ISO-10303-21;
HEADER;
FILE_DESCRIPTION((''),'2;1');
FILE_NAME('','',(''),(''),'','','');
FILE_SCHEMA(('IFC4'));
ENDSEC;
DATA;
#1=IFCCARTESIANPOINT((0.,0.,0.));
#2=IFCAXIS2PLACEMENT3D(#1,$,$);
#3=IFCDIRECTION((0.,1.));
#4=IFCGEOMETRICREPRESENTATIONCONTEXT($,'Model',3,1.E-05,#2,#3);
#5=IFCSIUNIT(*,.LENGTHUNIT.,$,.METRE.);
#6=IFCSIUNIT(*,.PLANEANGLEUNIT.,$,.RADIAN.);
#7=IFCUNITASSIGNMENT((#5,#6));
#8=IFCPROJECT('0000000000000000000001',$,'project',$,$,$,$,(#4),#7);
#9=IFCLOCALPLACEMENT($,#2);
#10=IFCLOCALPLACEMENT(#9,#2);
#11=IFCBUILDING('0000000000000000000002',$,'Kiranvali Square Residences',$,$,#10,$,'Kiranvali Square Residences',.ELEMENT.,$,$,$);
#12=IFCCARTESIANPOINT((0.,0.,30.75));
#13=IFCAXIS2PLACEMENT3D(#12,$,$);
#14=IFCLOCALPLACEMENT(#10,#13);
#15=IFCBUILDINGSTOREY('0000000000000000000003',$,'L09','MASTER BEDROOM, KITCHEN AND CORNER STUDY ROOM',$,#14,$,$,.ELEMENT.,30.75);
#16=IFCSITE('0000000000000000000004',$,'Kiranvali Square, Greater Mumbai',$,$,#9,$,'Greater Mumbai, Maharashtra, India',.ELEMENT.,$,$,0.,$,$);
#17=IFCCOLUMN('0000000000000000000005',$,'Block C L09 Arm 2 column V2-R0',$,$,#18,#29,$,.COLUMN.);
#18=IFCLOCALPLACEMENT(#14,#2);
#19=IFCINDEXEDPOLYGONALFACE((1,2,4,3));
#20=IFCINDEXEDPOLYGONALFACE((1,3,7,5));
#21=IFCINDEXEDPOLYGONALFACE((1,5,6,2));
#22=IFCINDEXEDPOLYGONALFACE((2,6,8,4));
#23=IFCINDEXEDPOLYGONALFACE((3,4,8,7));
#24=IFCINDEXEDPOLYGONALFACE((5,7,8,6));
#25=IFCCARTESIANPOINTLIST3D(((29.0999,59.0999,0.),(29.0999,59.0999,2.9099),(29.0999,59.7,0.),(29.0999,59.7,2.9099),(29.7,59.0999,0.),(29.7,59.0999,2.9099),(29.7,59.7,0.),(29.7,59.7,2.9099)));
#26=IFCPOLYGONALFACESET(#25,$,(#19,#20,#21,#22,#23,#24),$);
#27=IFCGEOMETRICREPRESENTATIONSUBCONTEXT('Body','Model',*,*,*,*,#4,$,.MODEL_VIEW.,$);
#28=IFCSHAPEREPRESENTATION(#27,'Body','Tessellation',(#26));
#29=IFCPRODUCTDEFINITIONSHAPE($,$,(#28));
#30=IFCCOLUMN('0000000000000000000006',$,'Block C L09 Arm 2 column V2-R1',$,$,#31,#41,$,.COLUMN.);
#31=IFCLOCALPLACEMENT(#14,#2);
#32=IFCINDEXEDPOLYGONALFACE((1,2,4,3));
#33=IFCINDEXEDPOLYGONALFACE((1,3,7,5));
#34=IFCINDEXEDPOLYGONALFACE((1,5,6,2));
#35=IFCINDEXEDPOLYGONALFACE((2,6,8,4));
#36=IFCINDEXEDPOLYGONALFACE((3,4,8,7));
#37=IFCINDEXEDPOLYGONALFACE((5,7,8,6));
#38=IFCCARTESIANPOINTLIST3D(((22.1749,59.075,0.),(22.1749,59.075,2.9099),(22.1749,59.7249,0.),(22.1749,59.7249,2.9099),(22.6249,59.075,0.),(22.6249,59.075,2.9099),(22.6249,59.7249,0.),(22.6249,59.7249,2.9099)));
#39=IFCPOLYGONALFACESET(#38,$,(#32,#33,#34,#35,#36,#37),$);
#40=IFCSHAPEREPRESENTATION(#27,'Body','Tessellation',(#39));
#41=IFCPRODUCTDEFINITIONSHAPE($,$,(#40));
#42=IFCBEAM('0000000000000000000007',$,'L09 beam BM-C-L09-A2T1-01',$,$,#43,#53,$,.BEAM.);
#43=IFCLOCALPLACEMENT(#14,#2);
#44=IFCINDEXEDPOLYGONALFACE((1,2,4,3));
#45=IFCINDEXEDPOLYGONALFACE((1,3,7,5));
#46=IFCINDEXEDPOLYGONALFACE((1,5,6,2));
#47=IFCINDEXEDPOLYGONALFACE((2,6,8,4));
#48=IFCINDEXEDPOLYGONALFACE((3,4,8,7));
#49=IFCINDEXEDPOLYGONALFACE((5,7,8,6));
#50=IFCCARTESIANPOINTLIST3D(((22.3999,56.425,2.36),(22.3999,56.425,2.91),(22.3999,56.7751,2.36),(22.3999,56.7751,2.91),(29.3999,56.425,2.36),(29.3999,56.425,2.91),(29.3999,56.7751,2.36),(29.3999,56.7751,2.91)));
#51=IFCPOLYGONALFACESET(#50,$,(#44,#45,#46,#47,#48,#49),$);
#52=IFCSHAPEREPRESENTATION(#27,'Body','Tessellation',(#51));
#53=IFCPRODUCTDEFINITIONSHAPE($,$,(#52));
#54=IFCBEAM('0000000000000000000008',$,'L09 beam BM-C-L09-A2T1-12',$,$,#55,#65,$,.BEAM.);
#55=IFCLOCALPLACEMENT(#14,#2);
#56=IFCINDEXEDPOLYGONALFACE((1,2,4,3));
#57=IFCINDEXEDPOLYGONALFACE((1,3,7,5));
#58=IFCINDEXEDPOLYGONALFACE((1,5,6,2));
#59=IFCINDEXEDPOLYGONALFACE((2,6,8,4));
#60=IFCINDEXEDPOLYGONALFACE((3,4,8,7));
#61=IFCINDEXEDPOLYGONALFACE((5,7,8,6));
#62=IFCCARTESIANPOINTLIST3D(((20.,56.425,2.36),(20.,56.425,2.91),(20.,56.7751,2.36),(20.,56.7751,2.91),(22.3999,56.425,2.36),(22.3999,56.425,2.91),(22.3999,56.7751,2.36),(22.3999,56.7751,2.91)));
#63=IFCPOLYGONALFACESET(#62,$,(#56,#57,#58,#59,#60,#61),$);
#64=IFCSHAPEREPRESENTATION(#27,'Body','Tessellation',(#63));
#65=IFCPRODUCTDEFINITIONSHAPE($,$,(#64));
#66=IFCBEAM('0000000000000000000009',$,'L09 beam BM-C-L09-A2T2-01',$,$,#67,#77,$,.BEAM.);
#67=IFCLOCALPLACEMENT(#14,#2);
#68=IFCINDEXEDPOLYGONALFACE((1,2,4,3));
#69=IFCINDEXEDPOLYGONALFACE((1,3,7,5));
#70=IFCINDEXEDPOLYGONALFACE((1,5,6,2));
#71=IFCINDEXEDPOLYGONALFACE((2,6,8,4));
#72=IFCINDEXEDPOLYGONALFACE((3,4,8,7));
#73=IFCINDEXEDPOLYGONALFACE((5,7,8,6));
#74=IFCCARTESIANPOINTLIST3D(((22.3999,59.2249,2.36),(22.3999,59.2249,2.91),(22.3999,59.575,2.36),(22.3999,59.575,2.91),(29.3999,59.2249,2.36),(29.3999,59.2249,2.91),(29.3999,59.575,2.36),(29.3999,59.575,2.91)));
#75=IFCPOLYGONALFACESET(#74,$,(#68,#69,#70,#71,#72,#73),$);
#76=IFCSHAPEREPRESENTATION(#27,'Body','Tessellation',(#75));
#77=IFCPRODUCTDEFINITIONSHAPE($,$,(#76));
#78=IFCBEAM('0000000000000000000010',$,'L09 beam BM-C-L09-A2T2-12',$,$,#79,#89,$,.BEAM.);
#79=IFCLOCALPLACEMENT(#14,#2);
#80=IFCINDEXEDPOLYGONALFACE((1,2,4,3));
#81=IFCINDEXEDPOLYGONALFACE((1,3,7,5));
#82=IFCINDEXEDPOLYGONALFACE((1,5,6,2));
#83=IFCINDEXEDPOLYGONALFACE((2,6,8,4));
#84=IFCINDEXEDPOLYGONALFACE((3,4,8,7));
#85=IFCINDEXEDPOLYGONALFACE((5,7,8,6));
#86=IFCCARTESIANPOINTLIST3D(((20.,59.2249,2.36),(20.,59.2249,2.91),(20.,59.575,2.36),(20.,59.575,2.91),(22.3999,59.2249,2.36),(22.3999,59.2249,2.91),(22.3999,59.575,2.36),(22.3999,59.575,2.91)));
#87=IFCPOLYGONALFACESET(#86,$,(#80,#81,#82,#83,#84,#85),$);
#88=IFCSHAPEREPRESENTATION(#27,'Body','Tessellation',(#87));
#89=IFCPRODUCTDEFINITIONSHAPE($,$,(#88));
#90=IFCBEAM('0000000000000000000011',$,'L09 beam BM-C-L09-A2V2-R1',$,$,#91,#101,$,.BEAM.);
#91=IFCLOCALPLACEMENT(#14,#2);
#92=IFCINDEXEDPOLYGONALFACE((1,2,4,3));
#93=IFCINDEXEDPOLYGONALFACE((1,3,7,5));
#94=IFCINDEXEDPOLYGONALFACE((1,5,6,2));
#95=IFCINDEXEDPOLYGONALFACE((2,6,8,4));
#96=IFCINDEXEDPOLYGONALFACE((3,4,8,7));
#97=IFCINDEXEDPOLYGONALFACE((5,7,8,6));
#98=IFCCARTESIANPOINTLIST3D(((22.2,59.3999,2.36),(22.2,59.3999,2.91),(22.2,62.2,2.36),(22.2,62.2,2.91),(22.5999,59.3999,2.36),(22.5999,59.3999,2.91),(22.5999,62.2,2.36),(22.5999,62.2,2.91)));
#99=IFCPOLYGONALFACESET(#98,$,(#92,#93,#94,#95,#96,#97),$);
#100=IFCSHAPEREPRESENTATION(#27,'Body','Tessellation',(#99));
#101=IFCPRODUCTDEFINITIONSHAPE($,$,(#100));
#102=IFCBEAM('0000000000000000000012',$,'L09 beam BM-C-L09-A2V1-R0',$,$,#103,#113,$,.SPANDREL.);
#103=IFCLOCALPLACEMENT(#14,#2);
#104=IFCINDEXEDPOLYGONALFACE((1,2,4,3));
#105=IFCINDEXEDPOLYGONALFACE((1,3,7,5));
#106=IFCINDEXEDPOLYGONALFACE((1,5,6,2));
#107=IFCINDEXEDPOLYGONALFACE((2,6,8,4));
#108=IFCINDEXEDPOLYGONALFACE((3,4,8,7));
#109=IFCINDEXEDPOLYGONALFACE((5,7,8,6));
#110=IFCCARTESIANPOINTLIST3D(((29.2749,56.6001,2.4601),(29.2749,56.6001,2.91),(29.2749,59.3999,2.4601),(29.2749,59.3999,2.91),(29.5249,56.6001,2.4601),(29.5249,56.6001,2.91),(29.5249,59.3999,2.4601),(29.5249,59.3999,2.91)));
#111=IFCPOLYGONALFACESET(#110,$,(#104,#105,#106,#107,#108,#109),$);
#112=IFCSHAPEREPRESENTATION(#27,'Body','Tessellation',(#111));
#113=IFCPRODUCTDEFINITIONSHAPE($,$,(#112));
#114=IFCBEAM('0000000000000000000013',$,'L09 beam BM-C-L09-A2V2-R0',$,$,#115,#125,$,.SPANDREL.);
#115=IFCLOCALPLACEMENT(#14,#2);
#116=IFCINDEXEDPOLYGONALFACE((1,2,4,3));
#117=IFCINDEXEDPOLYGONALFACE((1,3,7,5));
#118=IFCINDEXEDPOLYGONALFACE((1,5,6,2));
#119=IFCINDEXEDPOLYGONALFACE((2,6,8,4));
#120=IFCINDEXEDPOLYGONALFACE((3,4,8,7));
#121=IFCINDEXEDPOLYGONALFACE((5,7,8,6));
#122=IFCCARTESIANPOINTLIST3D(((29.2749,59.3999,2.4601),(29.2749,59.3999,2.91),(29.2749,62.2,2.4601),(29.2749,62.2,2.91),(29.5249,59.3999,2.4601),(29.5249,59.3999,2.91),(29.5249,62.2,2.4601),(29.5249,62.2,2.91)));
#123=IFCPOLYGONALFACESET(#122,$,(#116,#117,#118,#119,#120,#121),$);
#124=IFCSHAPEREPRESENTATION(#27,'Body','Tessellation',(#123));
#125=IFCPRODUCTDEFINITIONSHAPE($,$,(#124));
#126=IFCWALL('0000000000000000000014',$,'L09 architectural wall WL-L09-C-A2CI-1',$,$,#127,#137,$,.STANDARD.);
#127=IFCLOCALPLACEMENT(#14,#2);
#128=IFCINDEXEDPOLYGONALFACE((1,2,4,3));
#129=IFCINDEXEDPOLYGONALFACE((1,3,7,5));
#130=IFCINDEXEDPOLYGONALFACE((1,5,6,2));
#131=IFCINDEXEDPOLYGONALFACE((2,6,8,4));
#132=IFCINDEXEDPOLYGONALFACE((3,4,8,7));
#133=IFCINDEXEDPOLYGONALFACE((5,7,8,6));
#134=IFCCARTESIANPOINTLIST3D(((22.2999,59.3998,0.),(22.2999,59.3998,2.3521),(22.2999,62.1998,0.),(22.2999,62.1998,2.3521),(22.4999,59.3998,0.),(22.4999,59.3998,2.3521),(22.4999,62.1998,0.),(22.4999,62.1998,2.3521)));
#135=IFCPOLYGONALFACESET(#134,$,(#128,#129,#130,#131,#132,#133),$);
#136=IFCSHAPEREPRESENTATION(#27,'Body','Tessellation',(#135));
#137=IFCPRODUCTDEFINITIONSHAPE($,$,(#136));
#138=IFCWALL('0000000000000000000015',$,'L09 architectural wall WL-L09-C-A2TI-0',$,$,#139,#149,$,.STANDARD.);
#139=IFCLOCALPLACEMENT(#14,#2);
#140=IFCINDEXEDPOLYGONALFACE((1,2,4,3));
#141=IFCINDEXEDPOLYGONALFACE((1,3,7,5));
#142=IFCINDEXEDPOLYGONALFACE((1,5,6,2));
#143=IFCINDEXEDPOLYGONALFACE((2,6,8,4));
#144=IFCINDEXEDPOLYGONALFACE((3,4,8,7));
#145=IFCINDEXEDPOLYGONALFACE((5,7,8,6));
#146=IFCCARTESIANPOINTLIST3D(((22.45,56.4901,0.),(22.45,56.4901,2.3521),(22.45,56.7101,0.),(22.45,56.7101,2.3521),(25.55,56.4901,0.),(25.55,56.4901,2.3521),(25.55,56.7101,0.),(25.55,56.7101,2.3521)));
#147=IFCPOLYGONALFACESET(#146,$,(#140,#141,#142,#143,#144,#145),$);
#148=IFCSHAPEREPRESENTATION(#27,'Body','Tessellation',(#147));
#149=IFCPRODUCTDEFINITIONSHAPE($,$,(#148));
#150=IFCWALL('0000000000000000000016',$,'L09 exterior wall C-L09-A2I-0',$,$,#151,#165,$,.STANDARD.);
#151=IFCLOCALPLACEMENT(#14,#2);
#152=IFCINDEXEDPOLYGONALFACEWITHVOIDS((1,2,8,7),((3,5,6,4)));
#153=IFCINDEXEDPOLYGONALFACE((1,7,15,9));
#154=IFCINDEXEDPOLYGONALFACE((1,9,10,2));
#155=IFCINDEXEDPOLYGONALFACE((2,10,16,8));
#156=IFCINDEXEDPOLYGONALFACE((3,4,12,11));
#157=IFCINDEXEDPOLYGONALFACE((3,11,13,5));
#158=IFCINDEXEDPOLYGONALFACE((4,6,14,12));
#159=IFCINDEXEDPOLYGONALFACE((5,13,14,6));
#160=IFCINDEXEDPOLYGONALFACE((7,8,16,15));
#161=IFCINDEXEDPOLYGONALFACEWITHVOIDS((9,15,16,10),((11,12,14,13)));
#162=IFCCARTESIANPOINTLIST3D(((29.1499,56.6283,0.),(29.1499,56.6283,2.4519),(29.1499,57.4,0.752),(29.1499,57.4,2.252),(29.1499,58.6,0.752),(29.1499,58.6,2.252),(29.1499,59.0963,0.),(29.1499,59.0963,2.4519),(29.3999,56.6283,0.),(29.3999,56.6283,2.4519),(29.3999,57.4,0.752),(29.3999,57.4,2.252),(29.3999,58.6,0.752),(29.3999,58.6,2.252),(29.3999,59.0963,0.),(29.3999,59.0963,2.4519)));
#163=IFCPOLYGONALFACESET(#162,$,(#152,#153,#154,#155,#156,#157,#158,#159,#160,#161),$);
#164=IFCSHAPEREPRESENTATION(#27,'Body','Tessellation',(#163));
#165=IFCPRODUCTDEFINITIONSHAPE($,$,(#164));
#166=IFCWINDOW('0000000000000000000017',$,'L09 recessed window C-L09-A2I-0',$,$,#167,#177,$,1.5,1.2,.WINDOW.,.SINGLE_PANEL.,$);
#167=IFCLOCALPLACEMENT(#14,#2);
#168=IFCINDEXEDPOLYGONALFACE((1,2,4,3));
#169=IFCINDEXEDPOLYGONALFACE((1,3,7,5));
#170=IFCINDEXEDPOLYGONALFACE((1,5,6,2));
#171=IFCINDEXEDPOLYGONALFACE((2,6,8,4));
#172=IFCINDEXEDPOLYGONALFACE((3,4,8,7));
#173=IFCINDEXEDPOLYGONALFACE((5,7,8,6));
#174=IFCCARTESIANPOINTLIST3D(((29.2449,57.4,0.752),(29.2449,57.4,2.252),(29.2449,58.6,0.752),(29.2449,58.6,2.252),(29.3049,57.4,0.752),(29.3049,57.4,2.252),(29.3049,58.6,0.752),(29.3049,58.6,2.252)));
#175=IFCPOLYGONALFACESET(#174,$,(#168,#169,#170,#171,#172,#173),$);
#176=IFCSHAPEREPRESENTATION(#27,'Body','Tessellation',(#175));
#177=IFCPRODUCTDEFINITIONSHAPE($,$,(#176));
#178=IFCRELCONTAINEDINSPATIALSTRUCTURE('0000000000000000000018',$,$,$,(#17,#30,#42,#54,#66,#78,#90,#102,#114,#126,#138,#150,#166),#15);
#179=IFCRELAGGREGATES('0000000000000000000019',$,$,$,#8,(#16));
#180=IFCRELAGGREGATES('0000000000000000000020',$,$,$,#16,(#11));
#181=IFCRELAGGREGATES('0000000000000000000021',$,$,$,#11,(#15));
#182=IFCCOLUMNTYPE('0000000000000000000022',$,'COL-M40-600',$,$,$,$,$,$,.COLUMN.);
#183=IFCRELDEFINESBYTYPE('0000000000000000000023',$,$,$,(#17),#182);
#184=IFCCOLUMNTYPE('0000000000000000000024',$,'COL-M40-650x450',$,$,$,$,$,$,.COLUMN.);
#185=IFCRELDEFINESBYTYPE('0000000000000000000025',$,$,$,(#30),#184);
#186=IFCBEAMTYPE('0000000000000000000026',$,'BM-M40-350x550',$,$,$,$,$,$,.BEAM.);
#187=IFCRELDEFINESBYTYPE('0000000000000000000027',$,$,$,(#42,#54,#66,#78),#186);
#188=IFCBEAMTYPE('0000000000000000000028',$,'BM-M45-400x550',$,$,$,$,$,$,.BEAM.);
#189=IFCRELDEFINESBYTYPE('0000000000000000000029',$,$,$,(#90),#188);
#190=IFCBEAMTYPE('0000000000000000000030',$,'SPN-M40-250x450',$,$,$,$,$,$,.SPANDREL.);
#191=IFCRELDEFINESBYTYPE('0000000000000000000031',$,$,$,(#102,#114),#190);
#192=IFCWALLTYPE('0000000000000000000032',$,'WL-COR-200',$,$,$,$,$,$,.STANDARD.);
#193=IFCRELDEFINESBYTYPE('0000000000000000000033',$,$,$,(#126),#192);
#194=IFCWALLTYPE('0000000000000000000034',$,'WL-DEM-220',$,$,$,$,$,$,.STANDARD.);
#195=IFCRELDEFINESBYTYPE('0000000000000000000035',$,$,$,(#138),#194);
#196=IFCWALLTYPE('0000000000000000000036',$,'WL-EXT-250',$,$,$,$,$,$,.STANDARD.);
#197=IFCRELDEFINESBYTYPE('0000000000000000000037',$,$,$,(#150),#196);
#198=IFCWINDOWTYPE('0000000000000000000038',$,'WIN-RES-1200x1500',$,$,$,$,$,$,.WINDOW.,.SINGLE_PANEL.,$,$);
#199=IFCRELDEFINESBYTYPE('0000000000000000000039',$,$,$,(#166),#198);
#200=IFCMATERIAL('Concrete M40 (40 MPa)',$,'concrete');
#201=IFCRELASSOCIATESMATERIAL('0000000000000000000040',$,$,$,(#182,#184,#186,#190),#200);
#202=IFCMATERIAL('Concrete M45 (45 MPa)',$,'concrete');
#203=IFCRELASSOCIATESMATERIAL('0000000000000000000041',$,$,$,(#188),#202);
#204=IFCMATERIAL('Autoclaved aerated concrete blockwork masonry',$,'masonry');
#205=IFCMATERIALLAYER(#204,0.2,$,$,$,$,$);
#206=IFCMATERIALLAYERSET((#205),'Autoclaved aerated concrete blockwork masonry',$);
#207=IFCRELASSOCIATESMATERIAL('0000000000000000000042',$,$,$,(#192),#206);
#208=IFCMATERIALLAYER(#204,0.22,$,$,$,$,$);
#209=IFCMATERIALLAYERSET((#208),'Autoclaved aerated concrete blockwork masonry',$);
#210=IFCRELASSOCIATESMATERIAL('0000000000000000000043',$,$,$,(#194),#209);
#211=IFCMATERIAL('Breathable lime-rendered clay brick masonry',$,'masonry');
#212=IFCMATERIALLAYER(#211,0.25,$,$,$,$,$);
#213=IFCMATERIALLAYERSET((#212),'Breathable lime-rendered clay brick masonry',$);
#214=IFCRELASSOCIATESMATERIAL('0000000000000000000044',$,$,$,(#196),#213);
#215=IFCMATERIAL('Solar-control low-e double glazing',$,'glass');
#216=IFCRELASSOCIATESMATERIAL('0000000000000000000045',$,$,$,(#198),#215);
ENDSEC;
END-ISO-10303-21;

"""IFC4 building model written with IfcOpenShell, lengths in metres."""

from ifc_helpers import new_model, si_unit, direction, frame, frame_2d, origin, origin_2d, place, context, subcontext, project, spatial, rectangle, extrude, material, layer, layer_set, material_profile, profile_set, type_object, element, fill, save


model = new_model("IFC4")

# Units and contexts
model_context = context("Model", 3, precision=1e-05, world=origin(), true_north=direction((0.0, 1.0)))
body_context = subcontext(model_context, "Body", "Model", "MODEL_VIEW")
ifc_project = project(units=[si_unit("LENGTHUNIT", "METRE"), si_unit("PLANEANGLEUNIT", "RADIAN")], contexts=[model_context])

# Site, building, storey
site_placement = place(None, origin())
site = spatial("IfcSite", under=ifc_project, at=site_placement, Name="Kiranvali Square, Greater Mumbai", LongName="Greater Mumbai, Maharashtra, India", CompositionType="ELEMENT", RefElevation=0.0)
building_placement = place(site_placement, origin())
building = spatial("IfcBuilding", under=site, at=building_placement, Name="Kiranvali Square Residences", LongName="Kiranvali Square Residences", CompositionType="ELEMENT")
storey_placement = place(building_placement, frame((0.0, 0.0, 30.75)))
storey = spatial("IfcBuildingStorey", under=building, at=storey_placement, Name="L09", Description="MASTER BEDROOM, KITCHEN AND CORNER STUDY ROOM", CompositionType="ELEMENT", Elevation=30.75)

# Columns
ifc_material_1 = material(Name="Concrete M40 (40 MPa)", Category="concrete")
ifc_material_profile_1 = material_profile(ifc_material_1, rectangle(XDim=0.6001, YDim=0.6001, at=origin_2d()), Name="RC 600x600")
ifc_profile_set_1 = profile_set([ifc_material_profile_1], Name="Concrete M40 (40 MPa)")
column_type_1 = type_object("IfcColumnType", Name="COL-M40-600", PredefinedType="COLUMN", material=ifc_profile_set_1)
column_1_placement = place(storey_placement, frame((29.3999, 59.3999, 0.0), z_axis=(0.0, 0.0, 1.0), x_axis=(1.0, 0.0, 0.0)))
element("IfcColumn", 1, at=column_1_placement, inside=storey, type_object=column_type_1, Name="Block C L09 Arm 2 column V2-R0", PredefinedType="COLUMN", context=body_context, shape_type="SweptSolid", body=[
    extrude(rectangle(XDim=0.6001, YDim=0.6001, at=origin_2d()), origin(), (0.0, 0.0, 1.0), 2.9099),
])
ifc_material_profile_2 = material_profile(ifc_material_1, rectangle(XDim=0.45, YDim=0.6499, at=origin_2d()), Name="RC 650x450")
ifc_profile_set_2 = profile_set([ifc_material_profile_2], Name="Concrete M40 (40 MPa)")
column_type_2 = type_object("IfcColumnType", Name="COL-M40-650x450", PredefinedType="COLUMN", material=ifc_profile_set_2)
column_2_placement = place(storey_placement, frame((22.3999, 59.3999, 0.0), z_axis=(0.0, 0.0, 1.0), x_axis=(1.0, 0.0, 0.0)))
element("IfcColumn", 2, at=column_2_placement, inside=storey, type_object=column_type_2, Name="Block C L09 Arm 2 column V2-R1", PredefinedType="COLUMN", context=body_context, shape_type="SweptSolid", body=[
    extrude(rectangle(XDim=0.45, YDim=0.6499, at=origin_2d()), origin(), (0.0, 0.0, 1.0), 2.9099),
])

# Beams
ifc_material_profile_3 = material_profile(ifc_material_1, rectangle(XDim=0.3501, YDim=0.55, at=origin_2d()), Name="RC 350x550")
ifc_profile_set_3 = profile_set([ifc_material_profile_3], Name="Concrete M40 (40 MPa)")
beam_type_1 = type_object("IfcBeamType", Name="BM-M40-350x550", PredefinedType="BEAM", material=ifc_profile_set_3)
beam_1_placement = place(storey_placement, frame((29.3999, 56.6001, 2.635), z_axis=(-1.0, 0.0, 0.0), x_axis=(0.0, -1.0, 0.0)))
element("IfcBeam", 3, at=beam_1_placement, inside=storey, type_object=beam_type_1, Name="L09 beam BM-C-L09-A2T1-01", PredefinedType="BEAM", context=body_context, shape_type="SweptSolid", body=[
    extrude(rectangle(XDim=0.3501, YDim=0.55, at=origin_2d()), origin(), (0.0, 0.0, 1.0), 7.0),
])
beam_2_placement = place(storey_placement, frame((22.3999, 56.6001, 2.635), z_axis=(-1.0, 0.0, 0.0), x_axis=(0.0, -1.0, 0.0)))
element("IfcBeam", 4, at=beam_2_placement, inside=storey, type_object=beam_type_1, Name="L09 beam BM-C-L09-A2T1-12", PredefinedType="BEAM", context=body_context, shape_type="SweptSolid", body=[
    extrude(rectangle(XDim=0.3501, YDim=0.55, at=origin_2d()), origin(), (0.0, 0.0, 1.0), 2.3999),
])
beam_3_placement = place(storey_placement, frame((29.3999, 59.3999, 2.635), z_axis=(-1.0, 0.0, 0.0), x_axis=(0.0, -1.0, 0.0)))
element("IfcBeam", 5, at=beam_3_placement, inside=storey, type_object=beam_type_1, Name="L09 beam BM-C-L09-A2T2-01", PredefinedType="BEAM", context=body_context, shape_type="SweptSolid", body=[
    extrude(rectangle(XDim=0.3501, YDim=0.55, at=origin_2d()), origin(), (0.0, 0.0, 1.0), 7.0),
])
beam_4_placement = place(storey_placement, frame((22.3999, 59.3999, 2.635), z_axis=(-1.0, 0.0, 0.0), x_axis=(0.0, -1.0, 0.0)))
element("IfcBeam", 6, at=beam_4_placement, inside=storey, type_object=beam_type_1, Name="L09 beam BM-C-L09-A2T2-12", PredefinedType="BEAM", context=body_context, shape_type="SweptSolid", body=[
    extrude(rectangle(XDim=0.3501, YDim=0.55, at=origin_2d()), origin(), (0.0, 0.0, 1.0), 2.3999),
])
ifc_material_2 = material(Name="Concrete M45 (45 MPa)", Category="concrete")
ifc_material_profile_4 = material_profile(ifc_material_2, rectangle(XDim=0.3999, YDim=0.55, at=origin_2d()), Name="RC 400x550")
ifc_profile_set_4 = profile_set([ifc_material_profile_4], Name="Concrete M45 (45 MPa)")
beam_type_2 = type_object("IfcBeamType", Name="BM-M45-400x550", PredefinedType="BEAM", material=ifc_profile_set_4)
beam_5_placement = place(storey_placement, frame((22.3999, 59.3999, 2.635), z_axis=(0.0, 1.0, 0.0), x_axis=(-1.0, 0.0, 0.0)))
element("IfcBeam", 7, at=beam_5_placement, inside=storey, type_object=beam_type_2, Name="L09 beam BM-C-L09-A2V2-R1", PredefinedType="BEAM", context=body_context, shape_type="SweptSolid", body=[
    extrude(rectangle(XDim=0.3999, YDim=0.55, at=origin_2d()), origin(), (0.0, 0.0, 1.0), 2.8),
])
ifc_material_profile_5 = material_profile(ifc_material_1, rectangle(XDim=0.25, YDim=0.45, at=origin_2d()), Name="RC 250x450")
ifc_profile_set_5 = profile_set([ifc_material_profile_5], Name="Concrete M40 (40 MPa)")
beam_type_3 = type_object("IfcBeamType", Name="SPN-M40-250x450", PredefinedType="SPANDREL", material=ifc_profile_set_5)
beam_6_placement = place(storey_placement, frame((29.3999, 56.6001, 2.6851), z_axis=(0.0, 1.0, 0.0), x_axis=(-1.0, 0.0, 0.0)))
element("IfcBeam", 8, at=beam_6_placement, inside=storey, type_object=beam_type_3, Name="L09 beam BM-C-L09-A2V1-R0", PredefinedType="SPANDREL", context=body_context, shape_type="SweptSolid", body=[
    extrude(rectangle(XDim=0.25, YDim=0.45, at=origin_2d()), origin(), (0.0, 0.0, 1.0), 2.7998),
])
beam_7_placement = place(storey_placement, frame((29.3999, 59.3999, 2.6851), z_axis=(0.0, 1.0, 0.0), x_axis=(-1.0, 0.0, 0.0)))
element("IfcBeam", 9, at=beam_7_placement, inside=storey, type_object=beam_type_3, Name="L09 beam BM-C-L09-A2V2-R0", PredefinedType="SPANDREL", context=body_context, shape_type="SweptSolid", body=[
    extrude(rectangle(XDim=0.25, YDim=0.45, at=origin_2d()), origin(), (0.0, 0.0, 1.0), 2.8),
])

# Shared definitions
ifc_material_3 = material(Name="Autoclaved aerated concrete blockwork masonry", Category="masonry")
ifc_layer_1 = layer(ifc_material_3, 0.2)
ifc_layer_set_1 = layer_set([ifc_layer_1], Name="Autoclaved aerated concrete blockwork masonry")
wall_type_1 = type_object("IfcWallType", Name="WL-COR-200", PredefinedType="STANDARD", material=ifc_layer_set_1)

# Walls
wall_1_placement = place(storey_placement, frame((22.3999, 59.3999, 0.0), z_axis=(0.0, 0.0, 1.0), x_axis=(0.0, 1.0, 0.0)))
element("IfcWall", 10, at=wall_1_placement, inside=storey, type_object=wall_type_1, Name="L09 architectural wall WL-L09-C-A2CI-1", PredefinedType="STANDARD", context=body_context, shape_type="SweptSolid", body=[
    extrude(rectangle(XDim=2.8, YDim=0.2, at=frame_2d((1.3999, 0.0))), origin(), (0.0, 0.0, 1.0), 2.3521),
])
ifc_layer_2 = layer(ifc_material_3, 0.22)
ifc_layer_set_2 = layer_set([ifc_layer_2], Name="Autoclaved aerated concrete blockwork masonry")
wall_type_2 = type_object("IfcWallType", Name="WL-DEM-220", PredefinedType="STANDARD", material=ifc_layer_set_2)
wall_2_placement = place(storey_placement, frame((25.55, 56.6001, 0.0), z_axis=(0.0, 0.0, 1.0), x_axis=(-1.0, 0.0, 0.0)))
element("IfcWall", 11, at=wall_2_placement, inside=storey, type_object=wall_type_2, Name="L09 architectural wall WL-L09-C-A2TI-0", PredefinedType="STANDARD", context=body_context, shape_type="SweptSolid", body=[
    extrude(rectangle(XDim=3.1001, YDim=0.22, at=frame_2d((1.55, 0.0))), origin(), (0.0, 0.0, 1.0), 2.3521),
])

# Wall, opening, window
ifc_material_4 = material(Name="Breathable lime-rendered clay brick masonry", Category="masonry")
ifc_layer_3 = layer(ifc_material_4, 0.25)
ifc_layer_set_3 = layer_set([ifc_layer_3], Name="Breathable lime-rendered clay brick masonry")
wall_type_3 = type_object("IfcWallType", Name="WL-EXT-250", PredefinedType="STANDARD", material=ifc_layer_set_3)
wall_3_placement = place(storey_placement, frame((29.2749, 56.6284, 0.0), z_axis=(0.0, 0.0, 1.0), x_axis=(0.0, 1.0, 0.0)))
wall_3 = element("IfcWall", 12, at=wall_3_placement, inside=storey, type_object=wall_type_3, Name="L09 exterior wall C-L09-A2I-0", PredefinedType="STANDARD", context=body_context, shape_type="SweptSolid", body=[
    extrude(rectangle(XDim=2.468, YDim=0.25, at=frame_2d((1.2339, 0.0))), origin(), (0.0, 0.0, 1.0), 2.4519),
])
opening_1_placement = place(wall_3_placement, frame((0.7715, 0.0, 0.752)))
opening_1 = element("IfcOpeningElement", 13, at=opening_1_placement, cuts=wall_3, PredefinedType="OPENING", context=body_context, shape_type="SweptSolid", body=[
    extrude(rectangle(XDim=1.2, YDim=1.5, at=frame_2d((0.6001, 0.75))), frame((0.0, 0.135, 0.0), z_axis=(0.0, -1.0, 0.0), x_axis=(1.0, 0.0, 0.0)), (0.0, 0.0, 1.0), 0.27),
])
ifc_material_5 = material(Name="Solar-control low-e double glazing", Category="glass")
window_type = type_object("IfcWindowType", Name="WIN-RES-1200x1500", PartitioningType="SINGLE_PANEL", PredefinedType="WINDOW", material=ifc_material_5)
window_1_placement = place(opening_1_placement, origin())
window_1 = element("IfcWindow", 14, at=window_1_placement, inside=storey, type_object=window_type, Name="L09 recessed window C-L09-A2I-0", OverallHeight=1.5, OverallWidth=1.2, PartitioningType="SINGLE_PANEL", PredefinedType="WINDOW", context=body_context, shape_type="SweptSolid", body=[
    extrude(rectangle(XDim=1.2, YDim=1.5, at=frame_2d((0.6001, 0.75))), frame((0.0, 0.03, 0.0), z_axis=(0.0, -1.0, 0.0), x_axis=(1.0, 0.0, 0.0)), (0.0, 0.0, 1.0), 0.0601),
])
fill(opening_1, window_1)

save(model, "model.ifc")
